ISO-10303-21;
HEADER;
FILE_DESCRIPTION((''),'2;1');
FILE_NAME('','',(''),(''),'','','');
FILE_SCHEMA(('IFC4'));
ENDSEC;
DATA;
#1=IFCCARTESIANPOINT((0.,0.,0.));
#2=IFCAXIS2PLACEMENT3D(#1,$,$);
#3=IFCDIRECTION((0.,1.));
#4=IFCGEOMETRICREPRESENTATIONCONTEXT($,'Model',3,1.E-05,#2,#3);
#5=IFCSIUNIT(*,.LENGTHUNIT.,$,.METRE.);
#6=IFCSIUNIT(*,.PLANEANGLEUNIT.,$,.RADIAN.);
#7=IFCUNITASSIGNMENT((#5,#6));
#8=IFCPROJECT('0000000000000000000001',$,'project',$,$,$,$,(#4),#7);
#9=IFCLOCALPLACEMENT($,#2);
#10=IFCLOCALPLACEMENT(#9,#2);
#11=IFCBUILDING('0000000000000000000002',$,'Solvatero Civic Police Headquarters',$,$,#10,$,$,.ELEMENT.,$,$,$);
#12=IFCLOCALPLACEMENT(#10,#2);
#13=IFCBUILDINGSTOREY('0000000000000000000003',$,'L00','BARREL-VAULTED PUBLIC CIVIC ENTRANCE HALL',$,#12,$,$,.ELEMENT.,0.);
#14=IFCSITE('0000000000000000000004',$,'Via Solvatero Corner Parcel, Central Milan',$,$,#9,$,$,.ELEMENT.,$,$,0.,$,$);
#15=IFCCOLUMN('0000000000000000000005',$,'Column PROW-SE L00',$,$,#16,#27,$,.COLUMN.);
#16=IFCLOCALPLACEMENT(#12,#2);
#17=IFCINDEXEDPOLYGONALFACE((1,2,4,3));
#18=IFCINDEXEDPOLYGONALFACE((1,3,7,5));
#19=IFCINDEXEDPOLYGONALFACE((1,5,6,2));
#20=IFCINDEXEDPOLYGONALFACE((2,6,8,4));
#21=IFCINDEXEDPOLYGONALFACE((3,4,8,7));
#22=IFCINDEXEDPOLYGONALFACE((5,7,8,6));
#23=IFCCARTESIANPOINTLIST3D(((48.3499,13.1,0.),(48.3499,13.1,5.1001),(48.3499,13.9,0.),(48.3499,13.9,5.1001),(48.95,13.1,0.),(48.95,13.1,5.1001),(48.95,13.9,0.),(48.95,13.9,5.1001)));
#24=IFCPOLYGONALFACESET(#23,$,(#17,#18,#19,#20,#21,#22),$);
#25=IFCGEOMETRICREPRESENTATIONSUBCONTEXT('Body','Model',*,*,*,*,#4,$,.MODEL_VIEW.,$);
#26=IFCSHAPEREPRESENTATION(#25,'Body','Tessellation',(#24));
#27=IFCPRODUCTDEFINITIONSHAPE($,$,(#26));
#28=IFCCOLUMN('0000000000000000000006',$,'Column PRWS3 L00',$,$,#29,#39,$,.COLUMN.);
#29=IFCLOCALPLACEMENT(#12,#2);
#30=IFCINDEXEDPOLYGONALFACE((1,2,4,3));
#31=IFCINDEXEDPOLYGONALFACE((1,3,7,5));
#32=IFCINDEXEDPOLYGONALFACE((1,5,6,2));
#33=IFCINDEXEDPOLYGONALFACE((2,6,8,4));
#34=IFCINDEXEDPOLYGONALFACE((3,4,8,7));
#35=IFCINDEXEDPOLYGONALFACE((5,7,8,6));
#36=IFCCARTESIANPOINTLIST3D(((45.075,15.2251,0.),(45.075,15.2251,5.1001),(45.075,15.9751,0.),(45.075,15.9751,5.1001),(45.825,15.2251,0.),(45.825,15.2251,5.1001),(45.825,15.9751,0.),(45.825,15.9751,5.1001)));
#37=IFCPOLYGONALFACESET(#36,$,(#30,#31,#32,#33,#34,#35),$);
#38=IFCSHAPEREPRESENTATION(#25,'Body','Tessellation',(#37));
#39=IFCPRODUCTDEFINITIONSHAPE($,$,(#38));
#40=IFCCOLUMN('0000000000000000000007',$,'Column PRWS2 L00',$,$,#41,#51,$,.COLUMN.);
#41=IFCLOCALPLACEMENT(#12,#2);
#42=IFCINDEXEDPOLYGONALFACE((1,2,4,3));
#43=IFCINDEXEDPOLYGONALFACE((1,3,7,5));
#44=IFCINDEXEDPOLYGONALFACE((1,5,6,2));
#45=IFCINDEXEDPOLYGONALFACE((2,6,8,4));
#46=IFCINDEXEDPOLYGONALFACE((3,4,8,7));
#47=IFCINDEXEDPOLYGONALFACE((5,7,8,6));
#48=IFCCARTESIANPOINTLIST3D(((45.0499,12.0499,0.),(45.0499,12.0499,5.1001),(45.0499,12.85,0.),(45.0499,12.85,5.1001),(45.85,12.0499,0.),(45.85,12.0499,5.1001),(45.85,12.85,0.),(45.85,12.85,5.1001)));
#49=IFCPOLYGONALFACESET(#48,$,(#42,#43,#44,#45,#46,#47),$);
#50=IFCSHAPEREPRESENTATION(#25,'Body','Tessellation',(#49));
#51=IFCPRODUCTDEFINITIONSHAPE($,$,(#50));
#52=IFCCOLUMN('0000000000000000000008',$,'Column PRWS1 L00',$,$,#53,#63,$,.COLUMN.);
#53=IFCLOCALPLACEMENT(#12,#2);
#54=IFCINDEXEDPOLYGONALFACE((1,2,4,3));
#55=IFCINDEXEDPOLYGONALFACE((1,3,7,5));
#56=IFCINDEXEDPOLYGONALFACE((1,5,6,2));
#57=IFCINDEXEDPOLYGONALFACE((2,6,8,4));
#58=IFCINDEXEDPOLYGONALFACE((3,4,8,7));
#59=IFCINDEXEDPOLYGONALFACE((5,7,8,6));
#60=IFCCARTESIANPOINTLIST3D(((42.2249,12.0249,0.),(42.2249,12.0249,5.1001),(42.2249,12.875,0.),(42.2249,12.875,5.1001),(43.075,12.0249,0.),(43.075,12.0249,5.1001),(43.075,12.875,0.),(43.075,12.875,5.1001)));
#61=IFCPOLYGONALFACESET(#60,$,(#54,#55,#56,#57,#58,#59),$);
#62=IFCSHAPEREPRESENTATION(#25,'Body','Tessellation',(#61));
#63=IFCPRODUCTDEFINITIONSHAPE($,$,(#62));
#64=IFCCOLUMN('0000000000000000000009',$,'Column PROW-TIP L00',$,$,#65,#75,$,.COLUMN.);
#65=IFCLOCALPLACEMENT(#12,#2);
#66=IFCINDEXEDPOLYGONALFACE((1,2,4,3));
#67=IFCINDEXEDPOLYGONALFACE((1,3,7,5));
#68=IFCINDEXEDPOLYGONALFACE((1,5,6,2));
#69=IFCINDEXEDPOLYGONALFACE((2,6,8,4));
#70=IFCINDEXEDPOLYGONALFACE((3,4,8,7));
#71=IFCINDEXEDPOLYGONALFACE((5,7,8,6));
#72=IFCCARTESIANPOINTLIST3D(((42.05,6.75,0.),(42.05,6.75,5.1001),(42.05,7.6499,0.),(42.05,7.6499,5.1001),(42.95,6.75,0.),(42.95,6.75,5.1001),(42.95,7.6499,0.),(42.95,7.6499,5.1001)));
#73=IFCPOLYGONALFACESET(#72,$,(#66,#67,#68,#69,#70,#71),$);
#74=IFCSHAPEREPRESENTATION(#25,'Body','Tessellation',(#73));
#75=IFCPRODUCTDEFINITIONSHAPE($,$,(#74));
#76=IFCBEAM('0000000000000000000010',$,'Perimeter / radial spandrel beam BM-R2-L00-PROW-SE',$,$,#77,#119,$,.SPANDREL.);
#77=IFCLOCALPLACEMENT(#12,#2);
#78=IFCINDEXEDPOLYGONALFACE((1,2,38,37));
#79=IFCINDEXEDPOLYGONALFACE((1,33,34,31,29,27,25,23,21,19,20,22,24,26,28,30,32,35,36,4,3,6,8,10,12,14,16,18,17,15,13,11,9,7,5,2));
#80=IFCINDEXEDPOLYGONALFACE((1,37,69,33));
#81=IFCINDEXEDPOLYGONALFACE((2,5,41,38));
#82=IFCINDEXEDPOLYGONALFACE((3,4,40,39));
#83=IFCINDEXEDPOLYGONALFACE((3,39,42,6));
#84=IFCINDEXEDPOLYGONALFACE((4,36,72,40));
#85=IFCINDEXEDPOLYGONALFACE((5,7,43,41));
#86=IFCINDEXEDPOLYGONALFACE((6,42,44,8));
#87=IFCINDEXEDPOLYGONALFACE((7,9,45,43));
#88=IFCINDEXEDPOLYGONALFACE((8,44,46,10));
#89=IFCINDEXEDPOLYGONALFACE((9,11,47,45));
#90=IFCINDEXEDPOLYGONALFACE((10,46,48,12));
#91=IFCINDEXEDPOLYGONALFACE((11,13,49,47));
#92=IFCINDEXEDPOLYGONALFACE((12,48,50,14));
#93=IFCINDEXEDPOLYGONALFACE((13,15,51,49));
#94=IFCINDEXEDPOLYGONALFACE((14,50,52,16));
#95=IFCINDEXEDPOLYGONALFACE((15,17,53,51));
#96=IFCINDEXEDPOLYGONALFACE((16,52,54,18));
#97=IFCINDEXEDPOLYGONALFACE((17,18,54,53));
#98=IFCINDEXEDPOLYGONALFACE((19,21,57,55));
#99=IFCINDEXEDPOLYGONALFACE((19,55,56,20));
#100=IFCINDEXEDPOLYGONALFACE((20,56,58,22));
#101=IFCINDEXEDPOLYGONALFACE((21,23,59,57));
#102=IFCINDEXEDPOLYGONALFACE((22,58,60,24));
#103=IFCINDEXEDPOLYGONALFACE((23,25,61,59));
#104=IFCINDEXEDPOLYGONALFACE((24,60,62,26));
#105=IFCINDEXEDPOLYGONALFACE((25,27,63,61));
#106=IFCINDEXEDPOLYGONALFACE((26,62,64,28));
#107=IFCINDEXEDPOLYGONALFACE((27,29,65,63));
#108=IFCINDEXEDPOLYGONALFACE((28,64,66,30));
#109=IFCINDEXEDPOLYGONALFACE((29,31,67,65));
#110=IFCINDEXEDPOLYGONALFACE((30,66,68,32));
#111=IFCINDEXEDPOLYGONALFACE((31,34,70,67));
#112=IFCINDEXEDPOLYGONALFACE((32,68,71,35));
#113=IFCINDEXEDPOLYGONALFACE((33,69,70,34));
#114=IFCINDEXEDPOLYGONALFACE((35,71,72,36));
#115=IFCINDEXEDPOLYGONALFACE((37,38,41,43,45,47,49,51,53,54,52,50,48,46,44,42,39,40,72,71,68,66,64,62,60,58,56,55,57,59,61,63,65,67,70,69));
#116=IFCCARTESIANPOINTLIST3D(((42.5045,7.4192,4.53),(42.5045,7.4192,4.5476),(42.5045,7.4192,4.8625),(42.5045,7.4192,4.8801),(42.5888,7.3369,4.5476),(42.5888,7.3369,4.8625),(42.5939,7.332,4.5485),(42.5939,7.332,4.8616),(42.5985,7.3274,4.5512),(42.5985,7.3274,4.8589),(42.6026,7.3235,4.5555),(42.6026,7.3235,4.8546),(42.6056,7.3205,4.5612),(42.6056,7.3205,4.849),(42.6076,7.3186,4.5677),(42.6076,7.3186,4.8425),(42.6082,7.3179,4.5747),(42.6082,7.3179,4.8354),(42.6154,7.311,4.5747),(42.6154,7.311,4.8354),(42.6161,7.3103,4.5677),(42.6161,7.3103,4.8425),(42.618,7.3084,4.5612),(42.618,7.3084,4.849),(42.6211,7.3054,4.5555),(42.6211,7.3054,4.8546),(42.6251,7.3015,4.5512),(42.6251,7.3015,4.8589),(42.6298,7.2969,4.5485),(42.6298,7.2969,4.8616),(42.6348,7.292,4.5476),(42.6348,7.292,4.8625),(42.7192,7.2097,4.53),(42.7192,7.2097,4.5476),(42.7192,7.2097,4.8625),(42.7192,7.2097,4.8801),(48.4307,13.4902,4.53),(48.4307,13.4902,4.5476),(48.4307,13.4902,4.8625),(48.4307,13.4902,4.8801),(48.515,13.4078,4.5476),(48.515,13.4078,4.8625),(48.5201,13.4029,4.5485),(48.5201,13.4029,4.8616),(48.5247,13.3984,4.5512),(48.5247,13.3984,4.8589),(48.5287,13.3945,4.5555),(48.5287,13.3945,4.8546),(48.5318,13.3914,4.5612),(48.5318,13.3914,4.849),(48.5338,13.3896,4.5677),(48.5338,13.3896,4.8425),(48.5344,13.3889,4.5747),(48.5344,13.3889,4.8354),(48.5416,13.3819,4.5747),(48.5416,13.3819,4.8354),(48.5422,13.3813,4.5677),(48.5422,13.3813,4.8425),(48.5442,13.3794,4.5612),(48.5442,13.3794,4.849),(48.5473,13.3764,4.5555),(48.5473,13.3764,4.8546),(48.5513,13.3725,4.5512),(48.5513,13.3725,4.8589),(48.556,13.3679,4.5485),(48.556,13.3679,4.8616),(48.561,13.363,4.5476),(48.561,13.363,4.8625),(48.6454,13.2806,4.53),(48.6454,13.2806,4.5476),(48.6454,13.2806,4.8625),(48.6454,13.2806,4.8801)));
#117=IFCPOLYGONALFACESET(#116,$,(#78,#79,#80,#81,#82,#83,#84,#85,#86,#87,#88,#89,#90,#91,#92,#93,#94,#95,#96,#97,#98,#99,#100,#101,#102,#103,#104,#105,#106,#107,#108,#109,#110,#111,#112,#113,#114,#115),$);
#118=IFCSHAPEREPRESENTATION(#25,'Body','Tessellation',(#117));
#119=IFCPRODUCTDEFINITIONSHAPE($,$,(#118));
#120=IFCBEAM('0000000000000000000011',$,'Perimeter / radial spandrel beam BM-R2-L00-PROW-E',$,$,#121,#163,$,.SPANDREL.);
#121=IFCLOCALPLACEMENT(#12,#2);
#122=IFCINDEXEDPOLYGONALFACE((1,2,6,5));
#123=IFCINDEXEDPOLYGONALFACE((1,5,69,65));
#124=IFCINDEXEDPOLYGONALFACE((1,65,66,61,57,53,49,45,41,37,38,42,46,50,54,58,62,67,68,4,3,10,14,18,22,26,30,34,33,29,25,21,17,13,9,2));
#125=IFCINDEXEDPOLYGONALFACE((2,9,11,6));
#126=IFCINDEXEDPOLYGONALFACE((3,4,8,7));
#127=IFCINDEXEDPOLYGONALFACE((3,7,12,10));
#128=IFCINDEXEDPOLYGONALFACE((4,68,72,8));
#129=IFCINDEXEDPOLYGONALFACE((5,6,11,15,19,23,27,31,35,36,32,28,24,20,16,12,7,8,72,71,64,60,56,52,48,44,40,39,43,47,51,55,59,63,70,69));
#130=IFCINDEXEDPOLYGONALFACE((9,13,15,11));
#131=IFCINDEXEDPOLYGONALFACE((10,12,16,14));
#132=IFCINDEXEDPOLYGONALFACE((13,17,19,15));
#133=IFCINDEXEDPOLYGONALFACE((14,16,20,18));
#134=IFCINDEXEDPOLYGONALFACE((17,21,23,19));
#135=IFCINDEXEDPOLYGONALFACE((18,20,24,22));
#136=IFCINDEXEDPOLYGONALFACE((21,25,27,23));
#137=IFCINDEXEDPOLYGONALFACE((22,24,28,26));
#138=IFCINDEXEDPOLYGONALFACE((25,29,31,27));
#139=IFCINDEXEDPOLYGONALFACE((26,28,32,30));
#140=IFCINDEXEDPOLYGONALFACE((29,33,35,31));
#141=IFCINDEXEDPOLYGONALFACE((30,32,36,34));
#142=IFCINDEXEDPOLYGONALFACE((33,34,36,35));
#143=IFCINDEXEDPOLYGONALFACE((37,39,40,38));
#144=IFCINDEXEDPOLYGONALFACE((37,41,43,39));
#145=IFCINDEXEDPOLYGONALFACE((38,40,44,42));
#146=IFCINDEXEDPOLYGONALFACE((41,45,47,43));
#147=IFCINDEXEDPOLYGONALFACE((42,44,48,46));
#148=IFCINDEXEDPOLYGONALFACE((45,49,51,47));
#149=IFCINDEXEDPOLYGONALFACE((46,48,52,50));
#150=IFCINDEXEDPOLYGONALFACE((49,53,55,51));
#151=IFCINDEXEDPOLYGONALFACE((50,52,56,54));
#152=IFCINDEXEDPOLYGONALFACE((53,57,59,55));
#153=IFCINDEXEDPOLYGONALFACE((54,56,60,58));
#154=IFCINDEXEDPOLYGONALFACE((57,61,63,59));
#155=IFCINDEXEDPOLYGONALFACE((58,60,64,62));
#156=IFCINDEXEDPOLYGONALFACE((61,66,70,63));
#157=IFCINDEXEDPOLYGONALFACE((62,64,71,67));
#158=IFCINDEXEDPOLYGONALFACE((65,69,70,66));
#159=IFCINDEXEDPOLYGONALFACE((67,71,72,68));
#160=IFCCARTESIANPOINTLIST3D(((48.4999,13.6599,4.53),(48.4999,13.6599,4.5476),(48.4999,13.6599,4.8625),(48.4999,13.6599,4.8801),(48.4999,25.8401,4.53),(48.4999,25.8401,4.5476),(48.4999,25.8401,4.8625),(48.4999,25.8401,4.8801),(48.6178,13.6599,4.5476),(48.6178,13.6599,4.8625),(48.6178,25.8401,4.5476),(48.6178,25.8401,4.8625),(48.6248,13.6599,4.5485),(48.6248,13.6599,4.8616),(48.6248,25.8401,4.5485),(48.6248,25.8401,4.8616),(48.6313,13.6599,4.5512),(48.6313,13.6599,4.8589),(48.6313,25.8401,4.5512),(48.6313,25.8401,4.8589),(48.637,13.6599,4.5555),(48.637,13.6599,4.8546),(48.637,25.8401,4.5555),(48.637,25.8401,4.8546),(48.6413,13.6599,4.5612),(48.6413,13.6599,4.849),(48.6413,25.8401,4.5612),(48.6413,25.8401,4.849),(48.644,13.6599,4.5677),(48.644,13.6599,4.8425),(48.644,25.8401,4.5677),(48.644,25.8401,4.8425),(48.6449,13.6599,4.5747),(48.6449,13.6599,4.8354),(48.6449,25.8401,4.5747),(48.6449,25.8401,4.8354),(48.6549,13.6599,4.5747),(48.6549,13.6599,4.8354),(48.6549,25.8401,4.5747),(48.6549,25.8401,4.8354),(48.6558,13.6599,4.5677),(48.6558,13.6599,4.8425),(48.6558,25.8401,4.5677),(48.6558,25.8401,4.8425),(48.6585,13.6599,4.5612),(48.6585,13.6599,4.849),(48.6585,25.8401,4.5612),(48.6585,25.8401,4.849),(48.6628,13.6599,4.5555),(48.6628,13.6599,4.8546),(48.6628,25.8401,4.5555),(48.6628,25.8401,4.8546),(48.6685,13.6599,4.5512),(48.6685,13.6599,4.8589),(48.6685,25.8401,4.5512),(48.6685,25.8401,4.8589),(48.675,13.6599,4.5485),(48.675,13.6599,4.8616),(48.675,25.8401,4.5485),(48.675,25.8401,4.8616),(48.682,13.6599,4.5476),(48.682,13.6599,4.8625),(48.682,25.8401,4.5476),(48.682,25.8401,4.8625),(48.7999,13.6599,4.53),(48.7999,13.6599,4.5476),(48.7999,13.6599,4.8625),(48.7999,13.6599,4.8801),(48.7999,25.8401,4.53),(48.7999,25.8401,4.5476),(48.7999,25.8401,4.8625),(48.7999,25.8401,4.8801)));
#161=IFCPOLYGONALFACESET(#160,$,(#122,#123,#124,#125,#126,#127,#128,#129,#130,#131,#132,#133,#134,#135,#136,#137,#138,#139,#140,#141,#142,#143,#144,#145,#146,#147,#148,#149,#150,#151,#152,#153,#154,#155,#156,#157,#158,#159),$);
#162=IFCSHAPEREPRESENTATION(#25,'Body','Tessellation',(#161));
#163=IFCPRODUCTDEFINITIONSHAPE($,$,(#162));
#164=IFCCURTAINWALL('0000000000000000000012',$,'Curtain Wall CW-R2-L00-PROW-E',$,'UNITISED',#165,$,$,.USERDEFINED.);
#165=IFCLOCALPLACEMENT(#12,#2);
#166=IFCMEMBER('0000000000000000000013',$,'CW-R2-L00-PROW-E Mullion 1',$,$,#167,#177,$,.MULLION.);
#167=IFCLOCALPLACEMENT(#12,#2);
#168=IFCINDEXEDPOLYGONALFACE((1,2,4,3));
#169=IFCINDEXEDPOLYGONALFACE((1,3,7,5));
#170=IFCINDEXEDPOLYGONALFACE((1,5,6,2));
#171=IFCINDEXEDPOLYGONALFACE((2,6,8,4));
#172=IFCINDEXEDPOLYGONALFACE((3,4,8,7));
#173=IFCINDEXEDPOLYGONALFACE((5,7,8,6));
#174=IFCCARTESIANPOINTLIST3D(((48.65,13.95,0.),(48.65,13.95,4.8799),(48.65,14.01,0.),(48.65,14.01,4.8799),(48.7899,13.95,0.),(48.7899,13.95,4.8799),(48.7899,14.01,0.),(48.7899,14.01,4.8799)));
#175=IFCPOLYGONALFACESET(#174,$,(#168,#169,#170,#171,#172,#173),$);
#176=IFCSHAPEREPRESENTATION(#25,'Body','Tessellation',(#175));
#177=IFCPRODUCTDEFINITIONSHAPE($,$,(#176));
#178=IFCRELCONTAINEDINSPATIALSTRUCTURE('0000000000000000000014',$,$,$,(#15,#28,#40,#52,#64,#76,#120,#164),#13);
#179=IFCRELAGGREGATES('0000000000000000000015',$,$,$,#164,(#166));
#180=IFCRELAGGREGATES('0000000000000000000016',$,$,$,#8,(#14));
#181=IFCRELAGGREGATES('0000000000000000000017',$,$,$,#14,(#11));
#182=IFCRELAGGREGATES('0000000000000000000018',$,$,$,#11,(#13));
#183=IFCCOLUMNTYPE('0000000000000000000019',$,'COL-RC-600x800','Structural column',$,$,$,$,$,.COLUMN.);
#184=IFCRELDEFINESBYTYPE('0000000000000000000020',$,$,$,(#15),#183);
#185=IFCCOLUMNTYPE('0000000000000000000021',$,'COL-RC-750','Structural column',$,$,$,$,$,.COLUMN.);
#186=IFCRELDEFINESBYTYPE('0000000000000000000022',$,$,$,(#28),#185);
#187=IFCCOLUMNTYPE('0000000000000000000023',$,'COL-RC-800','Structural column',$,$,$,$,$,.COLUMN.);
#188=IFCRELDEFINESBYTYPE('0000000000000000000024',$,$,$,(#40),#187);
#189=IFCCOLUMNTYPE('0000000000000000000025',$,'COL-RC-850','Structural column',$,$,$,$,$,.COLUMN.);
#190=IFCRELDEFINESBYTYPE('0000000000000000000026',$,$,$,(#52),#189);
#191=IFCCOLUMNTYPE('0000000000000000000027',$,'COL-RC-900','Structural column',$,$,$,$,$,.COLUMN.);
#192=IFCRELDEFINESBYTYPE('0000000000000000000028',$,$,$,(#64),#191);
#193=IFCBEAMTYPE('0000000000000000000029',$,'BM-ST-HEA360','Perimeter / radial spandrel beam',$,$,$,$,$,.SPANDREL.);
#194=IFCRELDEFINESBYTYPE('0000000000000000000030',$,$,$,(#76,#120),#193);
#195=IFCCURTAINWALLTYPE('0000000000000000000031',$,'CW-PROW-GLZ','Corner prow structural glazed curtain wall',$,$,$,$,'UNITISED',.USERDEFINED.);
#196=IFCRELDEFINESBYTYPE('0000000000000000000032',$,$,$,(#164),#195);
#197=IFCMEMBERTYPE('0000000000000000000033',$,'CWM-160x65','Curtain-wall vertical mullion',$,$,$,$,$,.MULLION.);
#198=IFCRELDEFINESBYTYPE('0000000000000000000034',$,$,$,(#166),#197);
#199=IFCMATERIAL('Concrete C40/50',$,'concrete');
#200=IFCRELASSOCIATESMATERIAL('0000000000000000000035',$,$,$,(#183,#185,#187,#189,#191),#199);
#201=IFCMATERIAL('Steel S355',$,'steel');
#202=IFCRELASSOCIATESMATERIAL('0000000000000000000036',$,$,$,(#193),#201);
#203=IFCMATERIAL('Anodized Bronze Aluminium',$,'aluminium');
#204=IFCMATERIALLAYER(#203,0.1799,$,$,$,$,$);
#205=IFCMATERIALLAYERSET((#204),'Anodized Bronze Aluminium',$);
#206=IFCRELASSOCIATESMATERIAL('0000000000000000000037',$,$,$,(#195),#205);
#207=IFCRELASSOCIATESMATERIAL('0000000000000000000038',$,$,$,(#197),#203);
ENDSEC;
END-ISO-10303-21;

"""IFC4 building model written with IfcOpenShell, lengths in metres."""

from ifc_helpers import new_model, si_unit, direction, frame, origin, origin_2d, place, context, subcontext, project, spatial, rectangle, i_section, extrude, material, layer, layer_set, material_profile, profile_set, type_object, element, aggregate, save


model = new_model("IFC4")

# Units and contexts
model_context = context("Model", 3, precision=1e-05, world=origin(), true_north=direction((0.0, 1.0)))
body_context = subcontext(model_context, "Body", "Model", "MODEL_VIEW")
ifc_project = project(units=[si_unit("LENGTHUNIT", "METRE"), si_unit("PLANEANGLEUNIT", "RADIAN")], contexts=[model_context])

# Site, building, storey
site_placement = place(None, origin())
site = spatial("IfcSite", under=ifc_project, at=site_placement, Name="Via Solvatero Corner Parcel, Central Milan", CompositionType="ELEMENT", RefElevation=0.0)
building_placement = place(site_placement, origin())
building = spatial("IfcBuilding", under=site, at=building_placement, Name="Solvatero Civic Police Headquarters", CompositionType="ELEMENT")
storey_placement = place(building_placement, origin())
storey = spatial("IfcBuildingStorey", under=building, at=storey_placement, Name="L00", Description="BARREL-VAULTED PUBLIC CIVIC ENTRANCE HALL", CompositionType="ELEMENT", Elevation=0.0)

# Columns
ifc_material_1 = material(Name="Concrete C40/50", Category="concrete")
ifc_material_profile_1 = material_profile(ifc_material_1, rectangle(XDim=0.6001, YDim=0.8, at=origin_2d()), Name="RC 600x800")
ifc_profile_set_1 = profile_set([ifc_material_profile_1], Name="Concrete C40/50")
column_type_1 = type_object("IfcColumnType", Name="COL-RC-600x800", Description="Structural column", PredefinedType="COLUMN", material=ifc_profile_set_1)
column_1_placement = place(storey_placement, frame((48.6499, 13.5, 0.0), z_axis=(0.0, 0.0, 1.0), x_axis=(1.0, 0.0, 0.0)))
element("IfcColumn", 1, at=column_1_placement, inside=storey, type_object=column_type_1, Name="Column PROW-SE L00", PredefinedType="COLUMN", context=body_context, shape_type="SweptSolid", body=[
    extrude(rectangle(XDim=0.6001, YDim=0.8, at=origin_2d()), origin(), (0.0, 0.0, 1.0), 5.1001),
])
ifc_material_profile_2 = material_profile(ifc_material_1, rectangle(XDim=0.75, YDim=0.75, at=origin_2d()), Name="RC 750x750")
ifc_profile_set_2 = profile_set([ifc_material_profile_2], Name="Concrete C40/50")
column_type_2 = type_object("IfcColumnType", Name="COL-RC-750", Description="Structural column", PredefinedType="COLUMN", material=ifc_profile_set_2)
column_2_placement = place(storey_placement, frame((45.45, 15.6001, 0.0), z_axis=(0.0, 0.0, 1.0), x_axis=(1.0, 0.0, 0.0)))
element("IfcColumn", 2, at=column_2_placement, inside=storey, type_object=column_type_2, Name="Column PRWS3 L00", PredefinedType="COLUMN", context=body_context, shape_type="SweptSolid", body=[
    extrude(rectangle(XDim=0.75, YDim=0.75, at=origin_2d()), origin(), (0.0, 0.0, 1.0), 5.1001),
])
ifc_material_profile_3 = material_profile(ifc_material_1, rectangle(XDim=0.8, YDim=0.8, at=origin_2d()), Name="RC 800x800")
ifc_profile_set_3 = profile_set([ifc_material_profile_3], Name="Concrete C40/50")
column_type_3 = type_object("IfcColumnType", Name="COL-RC-800", Description="Structural column", PredefinedType="COLUMN", material=ifc_profile_set_3)
column_3_placement = place(storey_placement, frame((45.45, 12.45, 0.0), z_axis=(0.0, 0.0, 1.0), x_axis=(1.0, 0.0, 0.0)))
element("IfcColumn", 3, at=column_3_placement, inside=storey, type_object=column_type_3, Name="Column PRWS2 L00", PredefinedType="COLUMN", context=body_context, shape_type="SweptSolid", body=[
    extrude(rectangle(XDim=0.8, YDim=0.8, at=origin_2d()), origin(), (0.0, 0.0, 1.0), 5.1001),
])
ifc_material_profile_4 = material_profile(ifc_material_1, rectangle(XDim=0.8501, YDim=0.8501, at=origin_2d()), Name="RC 850x850")
ifc_profile_set_4 = profile_set([ifc_material_profile_4], Name="Concrete C40/50")
column_type_4 = type_object("IfcColumnType", Name="COL-RC-850", Description="Structural column", PredefinedType="COLUMN", material=ifc_profile_set_4)
column_4_placement = place(storey_placement, frame((42.6499, 12.45, 0.0), z_axis=(0.0, 0.0, 1.0), x_axis=(1.0, 0.0, 0.0)))
element("IfcColumn", 4, at=column_4_placement, inside=storey, type_object=column_type_4, Name="Column PRWS1 L00", PredefinedType="COLUMN", context=body_context, shape_type="SweptSolid", body=[
    extrude(rectangle(XDim=0.8501, YDim=0.8501, at=origin_2d()), origin(), (0.0, 0.0, 1.0), 5.1001),
])
ifc_material_profile_5 = material_profile(ifc_material_1, rectangle(XDim=0.8999, YDim=0.8999, at=origin_2d()), Name="RC 900x900")
ifc_profile_set_5 = profile_set([ifc_material_profile_5], Name="Concrete C40/50")
column_type_5 = type_object("IfcColumnType", Name="COL-RC-900", Description="Structural column", PredefinedType="COLUMN", material=ifc_profile_set_5)
column_5_placement = place(storey_placement, frame((42.5, 7.2, 0.0), z_axis=(0.0, 0.0, 1.0), x_axis=(1.0, 0.0, 0.0)))
element("IfcColumn", 5, at=column_5_placement, inside=storey, type_object=column_type_5, Name="Column PROW-TIP L00", PredefinedType="COLUMN", context=body_context, shape_type="SweptSolid", body=[
    extrude(rectangle(XDim=0.8999, YDim=0.8999, at=origin_2d()), origin(), (0.0, 0.0, 1.0), 5.1001),
])

# Beams
ifc_material_2 = material(Name="Steel S355", Category="steel")
ifc_material_profile_6 = material_profile(ifc_material_2, i_section(OverallWidth=0.3, OverallDepth=0.3501, WebThickness=0.01, FlangeThickness=0.0176, FilletRadius=0.0271, at=origin_2d()), Name="HEA 360")
ifc_profile_set_6 = profile_set([ifc_material_profile_6], Name="Steel S355")
beam_type = type_object("IfcBeamType", Name="BM-ST-HEA360", Description="Perimeter / radial spandrel beam", PredefinedType="SPANDREL", material=ifc_profile_set_6)
beam_1_placement = place(storey_placement, frame((42.6118, 7.3145, 4.7051), z_axis=(0.698523, 0.715588, 0.0), x_axis=(-0.715588, 0.698523, 0.0)))
element("IfcBeam", 6, at=beam_1_placement, inside=storey, type_object=beam_type, Name="Perimeter / radial spandrel beam BM-R2-L00-PROW-SE", PredefinedType="SPANDREL", context=body_context, shape_type="SweptSolid", body=[
    extrude(i_section(OverallWidth=0.3, OverallDepth=0.3501, WebThickness=0.01, FlangeThickness=0.0176, FilletRadius=0.0271, at=origin_2d()), origin(), (0.0, 0.0, 1.0), 8.4839),
])
beam_2_placement = place(storey_placement, frame((48.6499, 13.6599, 4.7051), z_axis=(0.0, 1.0, 0.0), x_axis=(-1.0, 0.0, 0.0)))
element("IfcBeam", 7, at=beam_2_placement, inside=storey, type_object=beam_type, Name="Perimeter / radial spandrel beam BM-R2-L00-PROW-E", PredefinedType="SPANDREL", context=body_context, shape_type="SweptSolid", body=[
    extrude(i_section(OverallWidth=0.3, OverallDepth=0.3501, WebThickness=0.01, FlangeThickness=0.0176, FilletRadius=0.0271, at=origin_2d()), origin(), (0.0, 0.0, 1.0), 12.1802),
])

# Curtain wall, member
ifc_material_3 = material(Name="Anodized Bronze Aluminium", Category="aluminium")
ifc_layer_1 = layer(ifc_material_3, 0.1799)
ifc_layer_set_1 = layer_set([ifc_layer_1], Name="Anodized Bronze Aluminium")
curtain_wall_type = type_object("IfcCurtainWallType", Name="CW-PROW-GLZ", Description="Corner prow structural glazed curtain wall", ElementType="UNITISED", PredefinedType="USERDEFINED", material=ifc_layer_set_1)
curtain_wall_placement = place(storey_placement, origin())
curtain_wall = element("IfcCurtainWall", 8, at=curtain_wall_placement, inside=storey, type_object=curtain_wall_type, Name="Curtain Wall CW-R2-L00-PROW-E", ObjectType="UNITISED", PredefinedType="USERDEFINED")
ifc_material_profile_7 = material_profile(ifc_material_3, rectangle(XDim=0.0601, YDim=0.1399, at=origin_2d()), Name="ALU MULLION 60x140")
ifc_profile_set_7 = profile_set([ifc_material_profile_7], Name="Anodized Bronze Aluminium")
member_type_1 = type_object("IfcMemberType", Name="CWM-160x65", Description="Curtain-wall vertical mullion", PredefinedType="MULLION", material=ifc_profile_set_7)
member_1_placement = place(storey_placement, frame((48.72, 13.98, 0.0), z_axis=(0.0, 0.0, 1.0), x_axis=(0.0, 1.0, 0.0)))
member_1 = element("IfcMember", 9, at=member_1_placement, type_object=member_type_1, Name="CW-R2-L00-PROW-E Mullion 1", PredefinedType="MULLION", context=body_context, shape_type="SweptSolid", body=[
    extrude(rectangle(XDim=0.0601, YDim=0.1399, at=origin_2d()), origin(), (0.0, 0.0, 1.0), 4.8799),
])

aggregate(curtain_wall, [member_1])

save(model, "model.ifc")
